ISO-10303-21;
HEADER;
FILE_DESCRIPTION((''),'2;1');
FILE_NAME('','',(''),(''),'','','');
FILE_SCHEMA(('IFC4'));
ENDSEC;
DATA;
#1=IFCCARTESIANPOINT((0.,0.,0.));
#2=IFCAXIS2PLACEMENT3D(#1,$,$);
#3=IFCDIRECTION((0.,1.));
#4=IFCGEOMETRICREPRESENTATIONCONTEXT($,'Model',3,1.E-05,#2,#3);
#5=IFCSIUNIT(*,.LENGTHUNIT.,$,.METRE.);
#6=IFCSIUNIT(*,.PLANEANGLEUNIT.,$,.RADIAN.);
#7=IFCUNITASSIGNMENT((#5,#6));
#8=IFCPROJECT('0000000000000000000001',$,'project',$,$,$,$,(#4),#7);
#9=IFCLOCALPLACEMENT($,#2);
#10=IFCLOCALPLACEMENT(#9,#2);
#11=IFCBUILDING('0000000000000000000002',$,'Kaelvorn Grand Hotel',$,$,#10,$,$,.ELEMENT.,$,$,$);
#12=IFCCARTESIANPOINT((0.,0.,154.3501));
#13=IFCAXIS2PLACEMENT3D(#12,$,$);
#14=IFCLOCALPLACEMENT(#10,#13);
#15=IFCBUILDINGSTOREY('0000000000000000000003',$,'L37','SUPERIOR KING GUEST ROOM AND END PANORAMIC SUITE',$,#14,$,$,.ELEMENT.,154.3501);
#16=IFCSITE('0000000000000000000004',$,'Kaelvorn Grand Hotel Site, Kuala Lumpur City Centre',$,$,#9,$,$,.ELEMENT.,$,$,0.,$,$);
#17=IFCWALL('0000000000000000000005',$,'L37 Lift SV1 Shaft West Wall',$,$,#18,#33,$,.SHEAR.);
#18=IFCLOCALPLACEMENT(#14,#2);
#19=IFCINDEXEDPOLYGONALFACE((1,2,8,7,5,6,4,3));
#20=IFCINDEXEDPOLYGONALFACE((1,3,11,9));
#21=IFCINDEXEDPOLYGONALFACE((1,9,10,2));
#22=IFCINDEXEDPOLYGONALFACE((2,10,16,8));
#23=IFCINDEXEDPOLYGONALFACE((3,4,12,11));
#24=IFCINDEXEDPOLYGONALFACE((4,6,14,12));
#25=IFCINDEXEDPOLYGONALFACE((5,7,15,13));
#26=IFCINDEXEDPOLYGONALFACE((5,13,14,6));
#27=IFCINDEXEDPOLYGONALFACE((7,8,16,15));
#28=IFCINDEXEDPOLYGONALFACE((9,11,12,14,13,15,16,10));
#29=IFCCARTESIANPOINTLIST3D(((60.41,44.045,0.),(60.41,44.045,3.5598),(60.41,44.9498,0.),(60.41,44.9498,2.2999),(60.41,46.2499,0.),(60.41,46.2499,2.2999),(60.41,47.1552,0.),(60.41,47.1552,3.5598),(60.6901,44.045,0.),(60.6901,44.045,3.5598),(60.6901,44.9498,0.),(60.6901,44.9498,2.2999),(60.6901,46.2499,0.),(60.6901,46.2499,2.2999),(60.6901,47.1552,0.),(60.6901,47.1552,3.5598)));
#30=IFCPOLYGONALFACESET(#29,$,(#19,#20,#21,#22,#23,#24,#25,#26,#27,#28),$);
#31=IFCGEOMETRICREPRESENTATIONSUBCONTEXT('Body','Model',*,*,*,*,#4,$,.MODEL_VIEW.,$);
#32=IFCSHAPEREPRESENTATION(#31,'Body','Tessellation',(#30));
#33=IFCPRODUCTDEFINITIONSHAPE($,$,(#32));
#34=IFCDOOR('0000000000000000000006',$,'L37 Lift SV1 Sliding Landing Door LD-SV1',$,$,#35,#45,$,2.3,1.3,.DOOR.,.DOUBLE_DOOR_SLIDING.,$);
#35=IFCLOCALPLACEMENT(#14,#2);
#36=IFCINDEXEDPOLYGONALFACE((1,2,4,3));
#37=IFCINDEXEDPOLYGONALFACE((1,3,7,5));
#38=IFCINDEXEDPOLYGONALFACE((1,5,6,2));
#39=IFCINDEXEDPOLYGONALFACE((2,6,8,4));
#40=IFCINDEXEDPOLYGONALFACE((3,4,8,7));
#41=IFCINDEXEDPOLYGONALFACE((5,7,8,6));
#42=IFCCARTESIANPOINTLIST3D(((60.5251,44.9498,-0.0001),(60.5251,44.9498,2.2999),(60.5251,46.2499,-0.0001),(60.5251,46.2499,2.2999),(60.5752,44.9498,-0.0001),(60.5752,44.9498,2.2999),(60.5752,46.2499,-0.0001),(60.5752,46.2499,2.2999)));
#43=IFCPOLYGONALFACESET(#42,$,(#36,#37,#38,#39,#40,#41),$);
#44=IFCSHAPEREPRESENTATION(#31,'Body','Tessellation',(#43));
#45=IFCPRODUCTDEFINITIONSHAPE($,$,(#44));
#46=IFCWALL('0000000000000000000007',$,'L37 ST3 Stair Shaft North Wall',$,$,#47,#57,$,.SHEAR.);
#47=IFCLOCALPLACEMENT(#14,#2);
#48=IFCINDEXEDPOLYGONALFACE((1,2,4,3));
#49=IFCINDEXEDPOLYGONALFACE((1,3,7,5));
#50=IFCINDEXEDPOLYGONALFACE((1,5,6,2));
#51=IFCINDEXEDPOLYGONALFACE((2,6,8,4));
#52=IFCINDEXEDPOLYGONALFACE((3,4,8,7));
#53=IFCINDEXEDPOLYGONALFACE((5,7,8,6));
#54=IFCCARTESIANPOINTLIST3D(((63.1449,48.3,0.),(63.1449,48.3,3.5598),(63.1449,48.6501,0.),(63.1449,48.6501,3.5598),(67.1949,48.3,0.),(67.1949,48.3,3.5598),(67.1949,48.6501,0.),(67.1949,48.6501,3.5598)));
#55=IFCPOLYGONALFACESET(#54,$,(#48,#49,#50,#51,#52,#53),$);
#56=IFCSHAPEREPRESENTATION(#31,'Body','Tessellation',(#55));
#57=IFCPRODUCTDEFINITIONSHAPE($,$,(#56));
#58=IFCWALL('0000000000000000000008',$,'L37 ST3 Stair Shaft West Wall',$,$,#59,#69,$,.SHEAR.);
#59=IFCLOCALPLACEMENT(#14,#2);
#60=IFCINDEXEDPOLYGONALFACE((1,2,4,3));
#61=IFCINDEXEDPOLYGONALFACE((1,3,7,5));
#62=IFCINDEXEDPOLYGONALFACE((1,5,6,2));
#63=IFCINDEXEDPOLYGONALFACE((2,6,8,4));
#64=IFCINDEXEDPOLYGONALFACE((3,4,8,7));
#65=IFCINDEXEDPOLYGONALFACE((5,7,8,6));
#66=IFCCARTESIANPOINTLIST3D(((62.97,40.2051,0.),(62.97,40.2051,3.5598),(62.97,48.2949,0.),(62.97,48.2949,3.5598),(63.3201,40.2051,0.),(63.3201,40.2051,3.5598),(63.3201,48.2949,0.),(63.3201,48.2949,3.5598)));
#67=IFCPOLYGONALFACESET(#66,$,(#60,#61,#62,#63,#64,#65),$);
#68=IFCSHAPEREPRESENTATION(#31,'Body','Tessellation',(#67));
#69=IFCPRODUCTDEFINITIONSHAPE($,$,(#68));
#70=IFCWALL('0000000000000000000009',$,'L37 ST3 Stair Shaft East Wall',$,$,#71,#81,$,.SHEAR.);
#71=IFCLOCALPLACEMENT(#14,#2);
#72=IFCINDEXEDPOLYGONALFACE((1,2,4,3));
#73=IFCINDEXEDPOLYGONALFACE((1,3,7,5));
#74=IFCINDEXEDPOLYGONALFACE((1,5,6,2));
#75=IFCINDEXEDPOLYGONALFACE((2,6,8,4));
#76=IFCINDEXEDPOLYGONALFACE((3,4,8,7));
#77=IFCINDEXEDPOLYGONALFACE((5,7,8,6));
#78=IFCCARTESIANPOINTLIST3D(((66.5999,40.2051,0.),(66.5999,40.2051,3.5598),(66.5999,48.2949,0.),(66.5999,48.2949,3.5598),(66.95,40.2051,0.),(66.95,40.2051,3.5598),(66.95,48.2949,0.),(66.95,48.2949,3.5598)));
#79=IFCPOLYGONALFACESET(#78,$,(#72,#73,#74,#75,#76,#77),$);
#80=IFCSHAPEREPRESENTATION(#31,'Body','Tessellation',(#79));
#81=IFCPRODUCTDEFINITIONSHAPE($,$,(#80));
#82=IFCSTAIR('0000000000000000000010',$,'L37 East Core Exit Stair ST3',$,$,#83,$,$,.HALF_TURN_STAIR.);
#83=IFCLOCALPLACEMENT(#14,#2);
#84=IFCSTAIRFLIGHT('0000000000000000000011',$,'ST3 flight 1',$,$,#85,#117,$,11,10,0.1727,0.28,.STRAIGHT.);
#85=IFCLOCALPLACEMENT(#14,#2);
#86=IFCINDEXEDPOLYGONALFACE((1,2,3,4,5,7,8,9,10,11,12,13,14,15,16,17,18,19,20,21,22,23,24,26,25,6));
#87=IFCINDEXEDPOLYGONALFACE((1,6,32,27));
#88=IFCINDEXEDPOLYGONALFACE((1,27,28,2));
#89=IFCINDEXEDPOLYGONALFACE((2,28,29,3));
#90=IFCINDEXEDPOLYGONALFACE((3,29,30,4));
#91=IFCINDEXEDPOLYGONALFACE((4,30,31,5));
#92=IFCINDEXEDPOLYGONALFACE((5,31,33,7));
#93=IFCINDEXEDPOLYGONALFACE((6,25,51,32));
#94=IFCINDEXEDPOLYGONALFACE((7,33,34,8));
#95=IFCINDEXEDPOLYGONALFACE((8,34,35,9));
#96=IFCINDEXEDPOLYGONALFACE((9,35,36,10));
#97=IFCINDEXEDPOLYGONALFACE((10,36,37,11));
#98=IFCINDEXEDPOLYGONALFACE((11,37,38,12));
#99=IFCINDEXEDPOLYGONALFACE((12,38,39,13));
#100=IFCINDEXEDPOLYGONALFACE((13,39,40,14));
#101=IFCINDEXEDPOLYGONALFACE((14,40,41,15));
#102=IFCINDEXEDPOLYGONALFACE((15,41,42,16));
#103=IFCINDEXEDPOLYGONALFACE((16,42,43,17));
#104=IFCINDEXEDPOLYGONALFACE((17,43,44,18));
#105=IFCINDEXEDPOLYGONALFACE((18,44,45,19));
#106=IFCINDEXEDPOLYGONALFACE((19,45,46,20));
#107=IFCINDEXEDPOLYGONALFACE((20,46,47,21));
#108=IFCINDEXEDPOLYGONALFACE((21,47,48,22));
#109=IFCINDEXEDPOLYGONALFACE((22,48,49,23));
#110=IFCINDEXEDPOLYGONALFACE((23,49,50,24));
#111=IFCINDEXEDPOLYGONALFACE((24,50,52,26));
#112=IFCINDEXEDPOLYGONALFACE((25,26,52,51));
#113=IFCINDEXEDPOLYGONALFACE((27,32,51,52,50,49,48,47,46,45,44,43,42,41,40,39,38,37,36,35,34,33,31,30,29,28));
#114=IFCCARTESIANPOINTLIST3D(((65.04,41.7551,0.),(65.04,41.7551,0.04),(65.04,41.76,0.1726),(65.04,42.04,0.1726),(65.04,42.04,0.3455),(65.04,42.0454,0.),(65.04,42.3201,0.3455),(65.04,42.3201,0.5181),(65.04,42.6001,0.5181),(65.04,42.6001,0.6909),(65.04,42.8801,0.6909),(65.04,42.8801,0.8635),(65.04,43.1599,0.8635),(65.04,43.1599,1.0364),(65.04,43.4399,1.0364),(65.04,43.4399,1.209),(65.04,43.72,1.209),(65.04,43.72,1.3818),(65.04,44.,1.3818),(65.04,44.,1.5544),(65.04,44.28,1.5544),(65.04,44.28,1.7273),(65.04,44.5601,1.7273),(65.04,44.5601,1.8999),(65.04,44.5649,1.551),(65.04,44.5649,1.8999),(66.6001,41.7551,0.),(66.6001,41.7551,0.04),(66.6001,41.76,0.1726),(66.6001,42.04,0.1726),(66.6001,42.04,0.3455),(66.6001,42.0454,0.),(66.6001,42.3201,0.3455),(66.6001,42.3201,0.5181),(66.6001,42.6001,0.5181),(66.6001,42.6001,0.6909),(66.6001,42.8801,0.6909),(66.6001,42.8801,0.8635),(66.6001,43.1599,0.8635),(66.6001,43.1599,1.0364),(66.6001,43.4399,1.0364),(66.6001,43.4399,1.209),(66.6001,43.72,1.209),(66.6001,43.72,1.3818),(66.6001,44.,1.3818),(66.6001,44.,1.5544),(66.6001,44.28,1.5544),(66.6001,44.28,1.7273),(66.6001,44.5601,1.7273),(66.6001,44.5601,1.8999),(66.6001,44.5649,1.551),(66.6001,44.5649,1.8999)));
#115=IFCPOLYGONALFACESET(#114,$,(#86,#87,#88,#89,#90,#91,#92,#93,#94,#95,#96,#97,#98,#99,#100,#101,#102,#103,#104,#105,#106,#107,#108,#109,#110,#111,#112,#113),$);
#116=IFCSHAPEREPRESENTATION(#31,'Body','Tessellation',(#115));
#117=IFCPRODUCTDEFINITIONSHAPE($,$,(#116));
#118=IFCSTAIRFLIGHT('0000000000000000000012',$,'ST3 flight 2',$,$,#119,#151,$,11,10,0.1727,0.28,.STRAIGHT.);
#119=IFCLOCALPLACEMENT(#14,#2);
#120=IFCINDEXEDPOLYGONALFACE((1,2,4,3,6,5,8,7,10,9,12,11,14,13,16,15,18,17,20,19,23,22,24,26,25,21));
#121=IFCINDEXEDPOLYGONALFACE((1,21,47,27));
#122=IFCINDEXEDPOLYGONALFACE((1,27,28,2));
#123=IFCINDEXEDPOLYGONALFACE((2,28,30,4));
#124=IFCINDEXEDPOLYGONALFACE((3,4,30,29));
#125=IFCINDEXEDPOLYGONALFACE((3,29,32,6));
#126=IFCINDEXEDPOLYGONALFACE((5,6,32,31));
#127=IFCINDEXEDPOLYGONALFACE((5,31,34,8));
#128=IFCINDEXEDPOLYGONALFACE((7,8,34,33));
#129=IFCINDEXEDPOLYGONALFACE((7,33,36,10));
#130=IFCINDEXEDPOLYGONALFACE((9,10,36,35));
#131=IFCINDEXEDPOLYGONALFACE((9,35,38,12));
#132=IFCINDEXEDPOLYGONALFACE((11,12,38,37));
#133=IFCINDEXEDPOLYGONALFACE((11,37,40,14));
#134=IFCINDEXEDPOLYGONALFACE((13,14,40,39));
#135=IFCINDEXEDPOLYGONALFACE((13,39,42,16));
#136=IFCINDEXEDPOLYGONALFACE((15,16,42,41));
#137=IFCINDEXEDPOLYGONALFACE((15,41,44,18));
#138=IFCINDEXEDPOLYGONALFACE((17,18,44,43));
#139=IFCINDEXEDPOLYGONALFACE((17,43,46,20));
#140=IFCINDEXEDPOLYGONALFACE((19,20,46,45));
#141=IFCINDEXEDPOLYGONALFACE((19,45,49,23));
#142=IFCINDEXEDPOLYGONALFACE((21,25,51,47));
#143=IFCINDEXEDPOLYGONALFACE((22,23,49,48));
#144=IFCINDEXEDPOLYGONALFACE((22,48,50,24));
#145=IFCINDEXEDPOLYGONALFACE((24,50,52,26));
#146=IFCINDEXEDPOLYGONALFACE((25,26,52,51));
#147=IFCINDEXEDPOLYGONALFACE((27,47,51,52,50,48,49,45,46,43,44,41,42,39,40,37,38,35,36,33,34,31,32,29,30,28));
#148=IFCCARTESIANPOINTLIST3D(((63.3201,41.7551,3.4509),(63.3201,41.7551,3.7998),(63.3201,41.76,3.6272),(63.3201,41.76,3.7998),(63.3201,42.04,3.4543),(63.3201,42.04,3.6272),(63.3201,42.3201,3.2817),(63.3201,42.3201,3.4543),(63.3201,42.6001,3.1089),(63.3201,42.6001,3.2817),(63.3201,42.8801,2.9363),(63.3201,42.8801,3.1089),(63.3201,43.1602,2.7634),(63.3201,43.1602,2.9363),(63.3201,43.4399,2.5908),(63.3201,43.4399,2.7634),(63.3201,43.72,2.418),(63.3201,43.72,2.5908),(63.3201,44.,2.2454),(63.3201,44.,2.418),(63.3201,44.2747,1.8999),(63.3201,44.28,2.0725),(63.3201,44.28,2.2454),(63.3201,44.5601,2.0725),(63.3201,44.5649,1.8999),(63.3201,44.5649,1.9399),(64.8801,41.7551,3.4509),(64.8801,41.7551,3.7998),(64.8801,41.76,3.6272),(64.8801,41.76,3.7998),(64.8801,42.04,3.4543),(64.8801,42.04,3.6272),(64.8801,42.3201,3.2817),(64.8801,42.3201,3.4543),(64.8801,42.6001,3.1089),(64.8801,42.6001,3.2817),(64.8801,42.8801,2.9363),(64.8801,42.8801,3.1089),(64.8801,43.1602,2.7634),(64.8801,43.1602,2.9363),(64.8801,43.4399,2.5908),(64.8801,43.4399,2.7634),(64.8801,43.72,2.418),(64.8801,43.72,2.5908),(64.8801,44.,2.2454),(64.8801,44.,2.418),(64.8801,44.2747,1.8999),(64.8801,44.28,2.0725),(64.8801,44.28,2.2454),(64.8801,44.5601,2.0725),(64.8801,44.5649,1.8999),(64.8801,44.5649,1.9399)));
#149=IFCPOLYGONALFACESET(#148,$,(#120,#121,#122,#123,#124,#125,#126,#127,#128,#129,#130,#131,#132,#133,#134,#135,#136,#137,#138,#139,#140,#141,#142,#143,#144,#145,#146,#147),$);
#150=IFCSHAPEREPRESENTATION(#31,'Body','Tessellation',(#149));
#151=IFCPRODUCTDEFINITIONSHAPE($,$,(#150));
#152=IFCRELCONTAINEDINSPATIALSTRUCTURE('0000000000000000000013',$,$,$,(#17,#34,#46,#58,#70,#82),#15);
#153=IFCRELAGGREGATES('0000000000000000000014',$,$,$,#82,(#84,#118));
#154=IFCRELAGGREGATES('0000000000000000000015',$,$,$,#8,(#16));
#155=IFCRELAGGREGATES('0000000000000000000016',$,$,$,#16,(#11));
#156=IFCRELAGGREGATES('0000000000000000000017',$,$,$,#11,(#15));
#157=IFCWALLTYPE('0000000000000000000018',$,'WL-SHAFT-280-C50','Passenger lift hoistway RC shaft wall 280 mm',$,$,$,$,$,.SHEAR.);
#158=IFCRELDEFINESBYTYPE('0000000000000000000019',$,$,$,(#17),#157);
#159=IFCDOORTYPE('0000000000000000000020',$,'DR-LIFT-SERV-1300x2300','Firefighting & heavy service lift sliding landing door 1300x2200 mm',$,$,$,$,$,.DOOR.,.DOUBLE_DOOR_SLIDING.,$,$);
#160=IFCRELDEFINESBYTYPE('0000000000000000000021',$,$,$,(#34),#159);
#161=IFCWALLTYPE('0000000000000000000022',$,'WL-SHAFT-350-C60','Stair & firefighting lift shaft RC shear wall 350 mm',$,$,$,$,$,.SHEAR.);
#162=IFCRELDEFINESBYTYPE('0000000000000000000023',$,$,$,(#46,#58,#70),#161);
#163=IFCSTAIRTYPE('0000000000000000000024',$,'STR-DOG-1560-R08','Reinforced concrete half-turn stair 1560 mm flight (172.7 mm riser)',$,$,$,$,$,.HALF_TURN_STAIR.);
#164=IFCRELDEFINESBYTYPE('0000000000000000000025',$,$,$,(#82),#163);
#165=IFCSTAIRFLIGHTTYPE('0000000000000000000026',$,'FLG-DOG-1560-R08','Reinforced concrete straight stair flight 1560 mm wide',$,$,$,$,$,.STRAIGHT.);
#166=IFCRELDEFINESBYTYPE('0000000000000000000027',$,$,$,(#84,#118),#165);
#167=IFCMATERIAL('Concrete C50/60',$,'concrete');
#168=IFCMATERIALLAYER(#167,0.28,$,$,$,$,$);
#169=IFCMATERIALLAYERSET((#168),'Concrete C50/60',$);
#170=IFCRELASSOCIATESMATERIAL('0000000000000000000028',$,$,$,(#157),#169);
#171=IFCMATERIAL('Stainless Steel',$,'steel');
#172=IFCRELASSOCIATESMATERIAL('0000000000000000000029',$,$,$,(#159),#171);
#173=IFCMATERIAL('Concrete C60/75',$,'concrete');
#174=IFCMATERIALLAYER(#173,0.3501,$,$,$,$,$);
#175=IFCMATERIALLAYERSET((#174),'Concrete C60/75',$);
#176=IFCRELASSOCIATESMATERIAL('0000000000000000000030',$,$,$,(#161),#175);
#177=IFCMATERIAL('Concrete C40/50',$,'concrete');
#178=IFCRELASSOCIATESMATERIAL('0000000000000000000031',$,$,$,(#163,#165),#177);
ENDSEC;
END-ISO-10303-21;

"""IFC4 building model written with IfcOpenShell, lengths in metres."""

from ifc_helpers import new_model, si_unit, direction, frame, frame_2d, origin, place, context, subcontext, project, spatial, polyline, rectangle, outline, extrude, material, layer, layer_set, type_object, element, fill, aggregate, save


model = new_model("IFC4")

# Units and contexts
model_context = context("Model", 3, precision=1e-05, world=origin(), true_north=direction((0.0, 1.0)))
body_context = subcontext(model_context, "Body", "Model", "MODEL_VIEW")
ifc_project = project(units=[si_unit("LENGTHUNIT", "METRE"), si_unit("PLANEANGLEUNIT", "RADIAN")], contexts=[model_context])

# Site, building, storey
site_placement = place(None, origin())
site = spatial("IfcSite", under=ifc_project, at=site_placement, Name="Kaelvorn Grand Hotel Site, Kuala Lumpur City Centre", CompositionType="ELEMENT", RefElevation=0.0)
building_placement = place(site_placement, origin())
building = spatial("IfcBuilding", under=site, at=building_placement, Name="Kaelvorn Grand Hotel", CompositionType="ELEMENT")
storey_placement = place(building_placement, frame((0.0, 0.0, 154.3501)))
storey = spatial("IfcBuildingStorey", under=building, at=storey_placement, Name="L37", Description="SUPERIOR KING GUEST ROOM AND END PANORAMIC SUITE", CompositionType="ELEMENT", Elevation=154.3501)

# Shared definitions
ifc_material_1 = material(Name="Concrete C60/75", Category="concrete")

# Shared definitions
ifc_material_2 = material(Name="Concrete C50/60", Category="concrete")

# Shared definitions
ifc_material_3 = material(Name="Concrete C40/50", Category="concrete")

# Shared definitions
ifc_layer_1 = layer(ifc_material_2, 0.28)
ifc_layer_set_1 = layer_set([ifc_layer_1], Name="Concrete C50/60")
wall_type_1 = type_object("IfcWallType", Name="WL-SHAFT-280-C50", Description="Passenger lift hoistway RC shaft wall 280 mm", PredefinedType="SHEAR", material=ifc_layer_set_1)

# Shared definitions
ifc_material_4 = material(Name="Stainless Steel", Category="steel")
door_type_1 = type_object("IfcDoorType", Name="DR-LIFT-SERV-1300x2300", Description="Firefighting & heavy service lift sliding landing door 1300x2200 mm", OperationType="DOUBLE_DOOR_SLIDING", PredefinedType="DOOR", material=ifc_material_4)

# Wall, opening, door
wall_1_placement = place(storey_placement, frame((60.55, 44.0449, 0.0), z_axis=(0.0, 0.0, 1.0), x_axis=(0.0, 1.0, 0.0)))
wall_1 = element("IfcWall", 1, at=wall_1_placement, inside=storey, type_object=wall_type_1, Name="L37 Lift SV1 Shaft West Wall", PredefinedType="SHEAR", context=body_context, shape_type="SweptSolid", body=[
    extrude(rectangle(XDim=3.1101, YDim=0.28, at=frame_2d((1.5552, 0.0))), origin(), (0.0, 0.0, 1.0), 3.5598),
])
opening_1_placement = place(wall_1_placement, frame((0.905, 0.0, 0.0)))
opening_1 = element("IfcOpeningElement", 2, at=opening_1_placement, cuts=wall_1, PredefinedType="OPENING", context=body_context, shape_type="SweptSolid", body=[
    extrude(rectangle(XDim=1.3, YDim=2.3, at=frame_2d((0.6499, 1.1499))), frame((0.0, 0.1499, 0.0), z_axis=(0.0, -1.0, 0.0), x_axis=(1.0, 0.0, 0.0)), (0.0, 0.0, 1.0), 0.3),
])
door_1_placement = place(opening_1_placement, origin())
door_1 = element("IfcDoor", 3, at=door_1_placement, inside=storey, type_object=door_type_1, Name="L37 Lift SV1 Sliding Landing Door LD-SV1", OperationType="DOUBLE_DOOR_SLIDING", OverallHeight=2.3, OverallWidth=1.3, PredefinedType="DOOR", context=body_context, shape_type="SweptSolid", body=[
    extrude(rectangle(XDim=1.3, YDim=2.3, at=frame_2d((0.6499, 1.1499))), frame((0.0, 0.0249, 0.0), z_axis=(0.0, -1.0, 0.0), x_axis=(1.0, 0.0, 0.0)), (0.0, 0.0, 1.0), 0.05),
])
fill(opening_1, door_1)
ifc_layer_2 = layer(ifc_material_1, 0.3501)
ifc_layer_set_2 = layer_set([ifc_layer_2], Name="Concrete C60/75")
wall_type_2 = type_object("IfcWallType", Name="WL-SHAFT-350-C60", Description="Stair & firefighting lift shaft RC shear wall 350 mm", PredefinedType="SHEAR", material=ifc_layer_set_2)

# Walls
wall_2_placement = place(storey_placement, frame((63.145, 48.4751, 0.0), z_axis=(0.0, 0.0, 1.0), x_axis=(1.0, 0.0, 0.0)))
element("IfcWall", 4, at=wall_2_placement, inside=storey, type_object=wall_type_2, Name="L37 ST3 Stair Shaft North Wall", PredefinedType="SHEAR", context=body_context, shape_type="SweptSolid", body=[
    extrude(rectangle(XDim=4.05, YDim=0.3501, at=frame_2d((2.0249, 0.0))), origin(), (0.0, 0.0, 1.0), 3.5598),
])
for number, where, z_axis, x_axis, name in (
    (5, (63.145, 40.2051, 0.0), (0.0, 0.0, 1.0), (0.0, 1.0, 0.0), "L37 ST3 Stair Shaft West Wall"),
    (6, (66.7749, 40.2051, 0.0), (0.0, 0.0, 1.0), (0.0, 1.0, 0.0), "L37 ST3 Stair Shaft East Wall"),
):
    element("IfcWall", number, at=place(storey_placement, frame(where, z_axis=z_axis, x_axis=x_axis)), inside=storey, type_object=wall_type_2, Name=name, PredefinedType="SHEAR", context=body_context, shape_type="SweptSolid", body=[
        extrude(rectangle(XDim=8.0898, YDim=0.3501, at=frame_2d((4.0449, 0.0))), origin(), (0.0, 0.0, 1.0), 3.5598),
    ])

# Stair, stair flights
stair_type = type_object("IfcStairType", Name="STR-DOG-1560-R08", Description="Reinforced concrete half-turn stair 1560 mm flight (172.7 mm riser)", PredefinedType="HALF_TURN_STAIR", material=ifc_material_3)
stair_placement = place(storey_placement, origin())
stair = element("IfcStair", 7, at=stair_placement, inside=storey, type_object=stair_type, Name="L37 East Core Exit Stair ST3", PredefinedType="HALF_TURN_STAIR")
stair_flight_type = type_object("IfcStairFlightType", Name="FLG-DOG-1560-R08", Description="Reinforced concrete straight stair flight 1560 mm wide", PredefinedType="STRAIGHT", material=ifc_material_3)
stair_flight_1_placement = place(storey_placement, frame((65.8201, 41.76, 0.0), z_axis=(0.0, 0.0, 1.0), x_axis=(0.0, 1.0, 0.0)))
stair_flight_1 = element("IfcStairFlight", 8, at=stair_flight_1_placement, type_object=stair_flight_type, Name="ST3 flight 1", NumberOfRisers=11, NumberOfTreads=10, PredefinedType="STRAIGHT", RiserHeight=0.1727, TreadLength=0.28, context=body_context, shape_type="SweptSolid", body=[
    extrude(outline(polyline([(-0.0049, 0.0), (-0.0049, 0.04), (0.0, 0.1726), (0.28, 0.1726), (0.28, 0.3455), (0.5601, 0.3455), (0.5601, 0.5181), (0.8401, 0.5181), (0.8401, 0.6909), (1.1201, 0.6909), (1.1201, 0.8635), (1.3999, 0.8635), (1.3999, 1.0364), (1.6799, 1.0364), (1.6799, 1.209), (1.96, 1.209), (1.96, 1.3818), (2.24, 1.3818), (2.24, 1.5544), (2.52, 1.5544), (2.52, 1.7273), (2.8, 1.7273), (2.8, 1.8999), (2.8049, 1.8999), (2.8049, 1.551), (0.2854, 0.0), (-0.0049, 0.0)])), frame((0.0, 0.78, 0.0), z_axis=(0.0, -1.0, 0.0), x_axis=(1.0, 0.0, 0.0)), (0.0, 0.0, 1.0), 1.5601),
])
stair_flight_2_placement = place(storey_placement, frame((64.1001, 44.5601, 1.8999), z_axis=(0.0, 0.0, 1.0), x_axis=(0.0, -1.0, 0.0)))
stair_flight_2 = element("IfcStairFlight", 9, at=stair_flight_2_placement, type_object=stair_flight_type, Name="ST3 flight 2", NumberOfRisers=11, NumberOfTreads=10, PredefinedType="STRAIGHT", RiserHeight=0.1727, TreadLength=0.28, context=body_context, shape_type="SweptSolid", body=[
    extrude(outline(polyline([(-0.0049, 0.0), (-0.0049, 0.04), (0.0, 0.1726), (0.28, 0.1726), (0.28, 0.3455), (0.5601, 0.3455), (0.5601, 0.5181), (0.8401, 0.5181), (0.8401, 0.6909), (1.1201, 0.6909), (1.1201, 0.8635), (1.3999, 0.8635), (1.3999, 1.0364), (1.6799, 1.0364), (1.6799, 1.209), (1.96, 1.209), (1.96, 1.3818), (2.24, 1.3818), (2.24, 1.5544), (2.52, 1.5544), (2.52, 1.7273), (2.8, 1.7273), (2.8, 1.8999), (2.8049, 1.8999), (2.8049, 1.551), (0.2854, 0.0), (-0.0049, 0.0)])), frame((0.0, 0.78, 0.0), z_axis=(0.0, -1.0, 0.0), x_axis=(1.0, 0.0, 0.0)), (0.0, 0.0, 1.0), 1.5601),
])
aggregate(stair, [stair_flight_1, stair_flight_2])

save(model, "model.ifc")
